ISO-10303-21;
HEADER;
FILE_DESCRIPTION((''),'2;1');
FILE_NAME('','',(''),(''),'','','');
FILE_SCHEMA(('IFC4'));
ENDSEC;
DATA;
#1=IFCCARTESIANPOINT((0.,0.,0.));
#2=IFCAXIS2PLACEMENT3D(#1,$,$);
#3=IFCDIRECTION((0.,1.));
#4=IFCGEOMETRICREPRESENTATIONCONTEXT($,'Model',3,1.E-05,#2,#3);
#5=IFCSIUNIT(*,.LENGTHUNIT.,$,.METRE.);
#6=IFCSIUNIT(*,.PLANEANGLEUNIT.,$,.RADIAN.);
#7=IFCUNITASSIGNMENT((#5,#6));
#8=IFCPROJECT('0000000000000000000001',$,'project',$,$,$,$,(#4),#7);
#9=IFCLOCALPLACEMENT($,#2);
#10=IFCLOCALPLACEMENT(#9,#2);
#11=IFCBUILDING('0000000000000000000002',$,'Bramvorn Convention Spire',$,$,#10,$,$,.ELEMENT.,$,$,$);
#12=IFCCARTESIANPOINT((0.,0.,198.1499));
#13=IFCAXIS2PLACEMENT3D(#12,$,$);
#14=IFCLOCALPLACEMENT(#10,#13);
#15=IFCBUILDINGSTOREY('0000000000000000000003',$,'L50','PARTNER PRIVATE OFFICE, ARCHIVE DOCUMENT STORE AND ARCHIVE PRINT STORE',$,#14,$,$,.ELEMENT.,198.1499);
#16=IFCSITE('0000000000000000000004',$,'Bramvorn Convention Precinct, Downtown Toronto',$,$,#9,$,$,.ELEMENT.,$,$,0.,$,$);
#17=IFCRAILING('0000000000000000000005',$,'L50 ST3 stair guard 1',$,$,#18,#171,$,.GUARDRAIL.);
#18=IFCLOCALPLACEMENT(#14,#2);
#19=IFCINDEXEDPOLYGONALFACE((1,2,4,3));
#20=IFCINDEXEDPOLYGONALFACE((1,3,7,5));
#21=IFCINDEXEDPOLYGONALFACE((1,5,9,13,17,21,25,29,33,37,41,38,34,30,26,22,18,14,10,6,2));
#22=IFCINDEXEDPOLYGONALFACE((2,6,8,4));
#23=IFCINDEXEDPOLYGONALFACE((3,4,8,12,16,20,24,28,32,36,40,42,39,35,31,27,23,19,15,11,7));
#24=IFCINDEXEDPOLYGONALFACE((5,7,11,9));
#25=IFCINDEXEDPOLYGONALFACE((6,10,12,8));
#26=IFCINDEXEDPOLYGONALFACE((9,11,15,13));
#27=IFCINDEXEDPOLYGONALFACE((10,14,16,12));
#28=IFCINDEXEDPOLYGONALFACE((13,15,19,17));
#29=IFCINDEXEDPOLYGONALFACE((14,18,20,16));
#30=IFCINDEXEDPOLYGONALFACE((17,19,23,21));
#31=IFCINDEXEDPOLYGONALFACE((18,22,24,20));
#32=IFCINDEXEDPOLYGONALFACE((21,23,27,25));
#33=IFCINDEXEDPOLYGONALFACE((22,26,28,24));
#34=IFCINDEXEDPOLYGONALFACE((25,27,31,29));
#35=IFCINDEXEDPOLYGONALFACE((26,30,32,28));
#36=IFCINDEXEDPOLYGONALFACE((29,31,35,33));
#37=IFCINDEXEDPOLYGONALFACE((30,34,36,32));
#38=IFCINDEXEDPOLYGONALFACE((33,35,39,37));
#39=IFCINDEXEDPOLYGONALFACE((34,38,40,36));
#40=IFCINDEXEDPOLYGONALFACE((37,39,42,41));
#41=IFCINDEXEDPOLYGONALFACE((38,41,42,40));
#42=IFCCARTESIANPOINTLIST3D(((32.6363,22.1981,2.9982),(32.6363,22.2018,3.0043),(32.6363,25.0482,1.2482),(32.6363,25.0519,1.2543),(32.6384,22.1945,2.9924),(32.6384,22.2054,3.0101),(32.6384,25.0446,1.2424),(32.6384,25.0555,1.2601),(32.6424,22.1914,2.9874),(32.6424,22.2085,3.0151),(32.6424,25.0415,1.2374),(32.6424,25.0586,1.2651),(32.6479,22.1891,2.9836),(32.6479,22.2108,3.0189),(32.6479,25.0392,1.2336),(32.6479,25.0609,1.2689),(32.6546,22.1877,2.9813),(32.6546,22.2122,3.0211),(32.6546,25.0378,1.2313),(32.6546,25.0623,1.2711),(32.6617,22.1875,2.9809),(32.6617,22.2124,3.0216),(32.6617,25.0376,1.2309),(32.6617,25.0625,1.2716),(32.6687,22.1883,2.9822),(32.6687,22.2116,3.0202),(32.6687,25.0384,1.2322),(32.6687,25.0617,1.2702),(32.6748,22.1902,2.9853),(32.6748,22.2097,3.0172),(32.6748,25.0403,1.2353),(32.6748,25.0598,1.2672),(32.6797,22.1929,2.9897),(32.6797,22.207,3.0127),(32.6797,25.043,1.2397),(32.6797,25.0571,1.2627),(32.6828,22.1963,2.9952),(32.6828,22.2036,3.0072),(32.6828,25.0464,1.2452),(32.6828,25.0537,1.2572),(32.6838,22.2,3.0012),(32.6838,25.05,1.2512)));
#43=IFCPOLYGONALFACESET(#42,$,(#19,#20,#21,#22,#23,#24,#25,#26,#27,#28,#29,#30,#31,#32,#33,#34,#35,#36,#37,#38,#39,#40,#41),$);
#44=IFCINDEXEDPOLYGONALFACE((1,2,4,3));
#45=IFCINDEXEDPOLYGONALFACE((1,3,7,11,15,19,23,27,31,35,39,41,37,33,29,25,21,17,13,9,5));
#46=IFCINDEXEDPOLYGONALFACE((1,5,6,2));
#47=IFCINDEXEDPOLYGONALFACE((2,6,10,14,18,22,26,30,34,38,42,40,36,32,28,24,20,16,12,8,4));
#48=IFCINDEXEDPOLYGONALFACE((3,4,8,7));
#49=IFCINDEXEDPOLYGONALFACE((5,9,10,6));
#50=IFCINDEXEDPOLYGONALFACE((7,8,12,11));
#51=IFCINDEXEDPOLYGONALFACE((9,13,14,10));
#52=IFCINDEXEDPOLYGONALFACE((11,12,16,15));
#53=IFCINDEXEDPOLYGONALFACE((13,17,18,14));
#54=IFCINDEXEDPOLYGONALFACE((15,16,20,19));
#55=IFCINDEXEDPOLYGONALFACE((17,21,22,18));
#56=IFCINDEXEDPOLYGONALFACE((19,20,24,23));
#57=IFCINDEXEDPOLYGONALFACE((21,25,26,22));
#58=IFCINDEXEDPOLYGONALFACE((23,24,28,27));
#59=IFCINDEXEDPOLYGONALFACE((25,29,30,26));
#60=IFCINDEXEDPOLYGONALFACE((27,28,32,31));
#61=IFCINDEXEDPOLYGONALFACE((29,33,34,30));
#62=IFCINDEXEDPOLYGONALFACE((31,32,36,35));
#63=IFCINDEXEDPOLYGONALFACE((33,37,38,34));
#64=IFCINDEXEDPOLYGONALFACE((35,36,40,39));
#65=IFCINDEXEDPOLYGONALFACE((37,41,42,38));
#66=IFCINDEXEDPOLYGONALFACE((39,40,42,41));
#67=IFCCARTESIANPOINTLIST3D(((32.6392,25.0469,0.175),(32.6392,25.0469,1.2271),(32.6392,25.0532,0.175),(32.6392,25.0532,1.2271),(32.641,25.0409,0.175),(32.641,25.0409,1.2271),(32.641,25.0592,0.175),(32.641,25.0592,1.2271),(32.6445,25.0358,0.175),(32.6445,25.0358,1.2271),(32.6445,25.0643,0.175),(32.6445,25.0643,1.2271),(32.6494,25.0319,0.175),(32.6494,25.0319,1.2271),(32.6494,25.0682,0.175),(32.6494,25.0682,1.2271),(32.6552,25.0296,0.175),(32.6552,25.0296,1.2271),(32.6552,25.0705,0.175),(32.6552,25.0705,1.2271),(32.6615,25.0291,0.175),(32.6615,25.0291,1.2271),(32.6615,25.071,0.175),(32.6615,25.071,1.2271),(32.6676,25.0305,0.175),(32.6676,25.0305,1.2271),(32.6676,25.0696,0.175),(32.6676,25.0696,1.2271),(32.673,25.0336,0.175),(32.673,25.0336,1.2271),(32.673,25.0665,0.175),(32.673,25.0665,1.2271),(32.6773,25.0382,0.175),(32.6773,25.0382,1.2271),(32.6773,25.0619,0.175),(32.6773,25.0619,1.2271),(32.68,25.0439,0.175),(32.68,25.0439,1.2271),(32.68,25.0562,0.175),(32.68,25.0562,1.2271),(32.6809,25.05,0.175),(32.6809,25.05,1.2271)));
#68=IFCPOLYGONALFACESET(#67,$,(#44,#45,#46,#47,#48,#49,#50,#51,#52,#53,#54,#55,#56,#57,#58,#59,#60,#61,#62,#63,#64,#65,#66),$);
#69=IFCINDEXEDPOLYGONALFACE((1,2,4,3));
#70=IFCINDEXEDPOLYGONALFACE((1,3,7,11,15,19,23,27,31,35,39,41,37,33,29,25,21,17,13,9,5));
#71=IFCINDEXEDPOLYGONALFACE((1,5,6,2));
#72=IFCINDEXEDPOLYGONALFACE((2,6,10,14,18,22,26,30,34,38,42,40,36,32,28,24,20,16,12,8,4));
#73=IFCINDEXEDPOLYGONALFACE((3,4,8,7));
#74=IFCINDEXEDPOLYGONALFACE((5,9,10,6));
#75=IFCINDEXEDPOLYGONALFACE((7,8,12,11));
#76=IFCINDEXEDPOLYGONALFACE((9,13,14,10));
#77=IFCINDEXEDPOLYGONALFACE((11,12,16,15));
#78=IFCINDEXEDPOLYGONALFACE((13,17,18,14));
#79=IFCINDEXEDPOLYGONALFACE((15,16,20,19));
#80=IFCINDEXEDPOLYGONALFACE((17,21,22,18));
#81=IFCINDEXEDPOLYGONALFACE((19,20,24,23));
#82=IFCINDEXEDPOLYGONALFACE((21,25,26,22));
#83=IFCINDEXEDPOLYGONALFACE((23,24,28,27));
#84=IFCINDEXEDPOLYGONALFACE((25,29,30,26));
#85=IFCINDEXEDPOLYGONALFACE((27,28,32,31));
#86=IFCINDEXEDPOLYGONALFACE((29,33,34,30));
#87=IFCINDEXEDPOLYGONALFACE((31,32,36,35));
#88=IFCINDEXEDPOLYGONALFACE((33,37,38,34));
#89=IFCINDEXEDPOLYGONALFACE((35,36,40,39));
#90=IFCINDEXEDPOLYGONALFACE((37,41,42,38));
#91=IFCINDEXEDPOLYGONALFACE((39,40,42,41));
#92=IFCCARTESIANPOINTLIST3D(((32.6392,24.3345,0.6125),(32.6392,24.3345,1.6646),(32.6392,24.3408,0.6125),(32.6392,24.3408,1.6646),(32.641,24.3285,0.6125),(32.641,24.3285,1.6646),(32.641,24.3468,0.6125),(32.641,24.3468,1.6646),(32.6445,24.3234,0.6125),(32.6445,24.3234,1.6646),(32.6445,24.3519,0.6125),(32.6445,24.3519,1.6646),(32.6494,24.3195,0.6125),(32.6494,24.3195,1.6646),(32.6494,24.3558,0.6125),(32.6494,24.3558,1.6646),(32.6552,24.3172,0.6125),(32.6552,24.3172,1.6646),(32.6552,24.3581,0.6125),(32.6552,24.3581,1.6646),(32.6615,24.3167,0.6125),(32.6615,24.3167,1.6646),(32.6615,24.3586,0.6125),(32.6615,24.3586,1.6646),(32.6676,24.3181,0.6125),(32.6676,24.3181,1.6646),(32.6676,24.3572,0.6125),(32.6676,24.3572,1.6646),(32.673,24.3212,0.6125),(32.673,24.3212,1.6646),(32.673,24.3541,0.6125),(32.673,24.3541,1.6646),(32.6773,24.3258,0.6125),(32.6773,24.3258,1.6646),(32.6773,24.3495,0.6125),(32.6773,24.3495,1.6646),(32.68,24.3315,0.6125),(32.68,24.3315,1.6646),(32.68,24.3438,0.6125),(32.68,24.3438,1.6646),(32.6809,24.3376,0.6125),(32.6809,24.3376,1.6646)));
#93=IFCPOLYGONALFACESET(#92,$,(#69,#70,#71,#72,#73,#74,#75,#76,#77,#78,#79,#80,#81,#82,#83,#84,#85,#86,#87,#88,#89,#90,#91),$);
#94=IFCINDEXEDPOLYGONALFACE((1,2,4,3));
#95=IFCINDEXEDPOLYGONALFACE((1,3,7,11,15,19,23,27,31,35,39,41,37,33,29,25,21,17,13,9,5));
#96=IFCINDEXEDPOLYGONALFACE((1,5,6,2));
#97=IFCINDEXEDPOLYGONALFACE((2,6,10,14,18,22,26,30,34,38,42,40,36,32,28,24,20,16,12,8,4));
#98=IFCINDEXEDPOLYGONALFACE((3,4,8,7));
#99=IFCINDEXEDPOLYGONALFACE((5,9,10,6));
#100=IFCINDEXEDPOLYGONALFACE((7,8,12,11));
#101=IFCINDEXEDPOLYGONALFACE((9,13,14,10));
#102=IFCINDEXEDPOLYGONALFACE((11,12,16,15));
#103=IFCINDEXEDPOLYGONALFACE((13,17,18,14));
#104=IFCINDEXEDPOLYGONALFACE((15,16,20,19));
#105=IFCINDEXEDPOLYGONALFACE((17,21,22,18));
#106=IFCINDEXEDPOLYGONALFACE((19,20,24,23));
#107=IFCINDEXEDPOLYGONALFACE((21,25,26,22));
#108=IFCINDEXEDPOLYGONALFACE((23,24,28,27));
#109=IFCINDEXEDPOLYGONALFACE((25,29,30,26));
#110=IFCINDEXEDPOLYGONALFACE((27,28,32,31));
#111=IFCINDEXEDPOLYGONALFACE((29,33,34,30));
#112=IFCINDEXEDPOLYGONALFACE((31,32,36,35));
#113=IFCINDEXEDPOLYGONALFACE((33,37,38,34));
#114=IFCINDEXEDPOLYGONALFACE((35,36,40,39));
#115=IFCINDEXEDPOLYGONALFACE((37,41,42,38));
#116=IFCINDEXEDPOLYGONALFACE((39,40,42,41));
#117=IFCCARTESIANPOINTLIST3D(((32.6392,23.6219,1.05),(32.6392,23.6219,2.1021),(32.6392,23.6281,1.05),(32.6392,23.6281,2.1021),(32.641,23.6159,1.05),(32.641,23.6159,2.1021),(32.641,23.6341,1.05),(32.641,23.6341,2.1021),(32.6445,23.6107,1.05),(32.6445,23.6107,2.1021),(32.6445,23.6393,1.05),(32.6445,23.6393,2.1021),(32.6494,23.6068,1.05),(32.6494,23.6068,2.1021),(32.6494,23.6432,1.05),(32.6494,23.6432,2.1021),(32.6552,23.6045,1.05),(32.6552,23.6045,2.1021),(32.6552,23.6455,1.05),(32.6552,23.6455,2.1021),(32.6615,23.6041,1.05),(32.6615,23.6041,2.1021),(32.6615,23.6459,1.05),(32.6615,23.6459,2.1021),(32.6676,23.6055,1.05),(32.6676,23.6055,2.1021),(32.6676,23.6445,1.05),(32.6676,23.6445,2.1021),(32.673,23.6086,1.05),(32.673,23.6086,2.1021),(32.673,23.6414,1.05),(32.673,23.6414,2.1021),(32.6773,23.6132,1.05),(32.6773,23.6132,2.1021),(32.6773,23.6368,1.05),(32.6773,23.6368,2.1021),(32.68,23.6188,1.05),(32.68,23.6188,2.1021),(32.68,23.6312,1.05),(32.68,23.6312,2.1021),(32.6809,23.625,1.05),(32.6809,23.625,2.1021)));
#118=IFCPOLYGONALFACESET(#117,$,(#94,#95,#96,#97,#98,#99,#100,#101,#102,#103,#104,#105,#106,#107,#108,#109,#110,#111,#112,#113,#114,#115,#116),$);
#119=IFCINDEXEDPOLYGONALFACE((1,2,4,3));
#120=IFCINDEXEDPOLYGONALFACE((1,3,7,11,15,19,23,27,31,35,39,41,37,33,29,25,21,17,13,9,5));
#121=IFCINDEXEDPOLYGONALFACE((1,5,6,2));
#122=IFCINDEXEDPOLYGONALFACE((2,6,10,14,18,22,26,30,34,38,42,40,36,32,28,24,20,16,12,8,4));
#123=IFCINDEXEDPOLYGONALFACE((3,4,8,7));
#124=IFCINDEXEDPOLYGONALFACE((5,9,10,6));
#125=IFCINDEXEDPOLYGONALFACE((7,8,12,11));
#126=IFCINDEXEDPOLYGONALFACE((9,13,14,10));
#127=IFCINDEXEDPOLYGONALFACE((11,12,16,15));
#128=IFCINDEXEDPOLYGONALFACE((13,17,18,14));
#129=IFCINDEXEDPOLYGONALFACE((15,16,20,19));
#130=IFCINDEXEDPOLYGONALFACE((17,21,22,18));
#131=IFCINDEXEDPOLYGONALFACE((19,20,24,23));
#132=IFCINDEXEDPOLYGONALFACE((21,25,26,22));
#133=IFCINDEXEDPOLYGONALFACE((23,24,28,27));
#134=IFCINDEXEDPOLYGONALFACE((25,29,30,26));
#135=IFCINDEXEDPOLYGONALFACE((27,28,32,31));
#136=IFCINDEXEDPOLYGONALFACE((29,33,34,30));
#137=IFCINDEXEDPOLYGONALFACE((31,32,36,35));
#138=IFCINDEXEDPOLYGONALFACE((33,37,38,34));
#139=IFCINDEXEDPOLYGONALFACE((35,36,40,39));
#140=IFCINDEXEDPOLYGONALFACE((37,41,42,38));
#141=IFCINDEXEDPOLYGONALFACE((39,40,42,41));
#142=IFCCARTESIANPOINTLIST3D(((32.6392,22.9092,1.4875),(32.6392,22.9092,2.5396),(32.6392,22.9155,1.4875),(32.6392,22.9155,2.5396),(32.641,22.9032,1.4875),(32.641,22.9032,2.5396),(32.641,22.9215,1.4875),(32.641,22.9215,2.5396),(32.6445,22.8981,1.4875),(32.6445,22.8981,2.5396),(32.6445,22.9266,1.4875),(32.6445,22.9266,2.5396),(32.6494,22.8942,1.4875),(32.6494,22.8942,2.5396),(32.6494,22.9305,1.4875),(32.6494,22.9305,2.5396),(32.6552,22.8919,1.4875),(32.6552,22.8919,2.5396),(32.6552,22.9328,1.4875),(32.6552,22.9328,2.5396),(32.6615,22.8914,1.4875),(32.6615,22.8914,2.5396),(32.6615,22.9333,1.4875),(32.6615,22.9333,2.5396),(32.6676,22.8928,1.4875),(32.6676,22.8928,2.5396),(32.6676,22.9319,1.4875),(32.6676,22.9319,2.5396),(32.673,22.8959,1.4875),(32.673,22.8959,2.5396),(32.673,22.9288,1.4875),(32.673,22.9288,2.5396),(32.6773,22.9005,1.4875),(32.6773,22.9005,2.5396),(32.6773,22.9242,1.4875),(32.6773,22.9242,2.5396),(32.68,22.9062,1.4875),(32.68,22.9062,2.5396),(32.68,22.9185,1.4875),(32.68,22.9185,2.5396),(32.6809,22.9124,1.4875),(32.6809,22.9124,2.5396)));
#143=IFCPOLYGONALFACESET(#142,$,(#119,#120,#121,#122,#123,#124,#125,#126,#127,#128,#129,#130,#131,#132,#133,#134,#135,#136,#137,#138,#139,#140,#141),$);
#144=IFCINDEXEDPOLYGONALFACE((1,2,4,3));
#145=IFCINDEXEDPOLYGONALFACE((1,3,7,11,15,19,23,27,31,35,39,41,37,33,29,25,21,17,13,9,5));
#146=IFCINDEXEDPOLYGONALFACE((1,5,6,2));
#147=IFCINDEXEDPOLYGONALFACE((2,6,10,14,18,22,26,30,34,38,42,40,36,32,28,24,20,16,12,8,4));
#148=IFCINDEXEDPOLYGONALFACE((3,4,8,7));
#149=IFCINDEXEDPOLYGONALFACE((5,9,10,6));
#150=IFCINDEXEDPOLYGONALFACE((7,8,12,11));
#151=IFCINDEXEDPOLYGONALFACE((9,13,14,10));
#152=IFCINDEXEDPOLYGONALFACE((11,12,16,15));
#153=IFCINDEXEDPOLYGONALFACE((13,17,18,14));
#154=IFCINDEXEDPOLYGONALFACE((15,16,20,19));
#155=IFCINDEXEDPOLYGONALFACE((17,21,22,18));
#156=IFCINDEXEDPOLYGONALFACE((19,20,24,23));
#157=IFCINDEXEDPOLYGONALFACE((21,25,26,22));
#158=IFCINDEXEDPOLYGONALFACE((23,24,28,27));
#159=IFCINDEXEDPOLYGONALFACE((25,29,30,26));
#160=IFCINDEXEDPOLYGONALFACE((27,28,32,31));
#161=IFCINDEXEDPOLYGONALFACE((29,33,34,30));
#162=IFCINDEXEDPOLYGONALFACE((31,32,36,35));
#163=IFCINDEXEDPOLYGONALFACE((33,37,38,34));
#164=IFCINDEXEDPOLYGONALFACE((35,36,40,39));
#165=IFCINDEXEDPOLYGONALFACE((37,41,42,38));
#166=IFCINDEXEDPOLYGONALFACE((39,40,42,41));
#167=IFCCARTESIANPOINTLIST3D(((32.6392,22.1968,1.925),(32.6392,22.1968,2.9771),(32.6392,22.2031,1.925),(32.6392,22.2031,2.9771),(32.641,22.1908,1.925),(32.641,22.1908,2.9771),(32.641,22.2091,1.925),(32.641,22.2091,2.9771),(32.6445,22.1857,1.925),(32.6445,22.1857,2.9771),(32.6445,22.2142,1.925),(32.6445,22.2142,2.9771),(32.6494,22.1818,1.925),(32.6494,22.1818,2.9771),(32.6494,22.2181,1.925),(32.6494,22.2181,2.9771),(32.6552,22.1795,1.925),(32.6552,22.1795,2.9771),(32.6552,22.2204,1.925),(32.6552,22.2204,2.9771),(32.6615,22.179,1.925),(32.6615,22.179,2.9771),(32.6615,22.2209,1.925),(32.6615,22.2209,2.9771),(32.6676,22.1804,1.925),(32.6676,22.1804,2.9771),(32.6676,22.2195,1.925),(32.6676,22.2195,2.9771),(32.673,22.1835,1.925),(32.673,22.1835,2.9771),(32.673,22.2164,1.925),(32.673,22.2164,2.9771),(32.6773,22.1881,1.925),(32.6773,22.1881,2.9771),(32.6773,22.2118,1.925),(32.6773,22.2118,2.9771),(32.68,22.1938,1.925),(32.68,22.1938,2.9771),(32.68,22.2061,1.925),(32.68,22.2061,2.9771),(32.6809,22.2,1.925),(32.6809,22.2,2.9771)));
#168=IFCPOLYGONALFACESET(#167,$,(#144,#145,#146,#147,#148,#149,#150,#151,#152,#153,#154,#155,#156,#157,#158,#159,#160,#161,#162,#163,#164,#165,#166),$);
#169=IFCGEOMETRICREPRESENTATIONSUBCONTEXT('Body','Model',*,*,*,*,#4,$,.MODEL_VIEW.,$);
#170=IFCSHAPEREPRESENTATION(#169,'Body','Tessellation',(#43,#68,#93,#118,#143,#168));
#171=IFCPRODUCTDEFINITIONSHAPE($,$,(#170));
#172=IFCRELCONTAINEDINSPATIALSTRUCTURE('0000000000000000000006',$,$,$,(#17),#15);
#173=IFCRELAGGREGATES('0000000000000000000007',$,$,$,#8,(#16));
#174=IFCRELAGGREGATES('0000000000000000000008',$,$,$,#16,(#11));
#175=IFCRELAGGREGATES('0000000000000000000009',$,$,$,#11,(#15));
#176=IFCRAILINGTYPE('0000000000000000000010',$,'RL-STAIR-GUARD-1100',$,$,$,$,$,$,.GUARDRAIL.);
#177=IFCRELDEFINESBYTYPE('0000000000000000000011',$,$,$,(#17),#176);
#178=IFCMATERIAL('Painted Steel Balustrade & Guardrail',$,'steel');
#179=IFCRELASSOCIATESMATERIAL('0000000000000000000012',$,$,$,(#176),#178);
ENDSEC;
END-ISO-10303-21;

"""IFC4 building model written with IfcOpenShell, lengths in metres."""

from ifc_helpers import new_model, si_unit, direction, frame, origin, origin_2d, place, context, subcontext, project, spatial, circle, extrude, material, type_object, element, save


model = new_model("IFC4")

# Units and contexts
model_context = context("Model", 3, precision=1e-05, world=origin(), true_north=direction((0.0, 1.0)))
body_context = subcontext(model_context, "Body", "Model", "MODEL_VIEW")
ifc_project = project(units=[si_unit("LENGTHUNIT", "METRE"), si_unit("PLANEANGLEUNIT", "RADIAN")], contexts=[model_context])

# Site, building, storey
site_placement = place(None, origin())
site = spatial("IfcSite", under=ifc_project, at=site_placement, Name="Bramvorn Convention Precinct, Downtown Toronto", CompositionType="ELEMENT", RefElevation=0.0)
building_placement = place(site_placement, origin())
building = spatial("IfcBuilding", under=site, at=building_placement, Name="Bramvorn Convention Spire", CompositionType="ELEMENT")
storey_placement = place(building_placement, frame((0.0, 0.0, 198.1499)))
storey = spatial("IfcBuildingStorey", under=building, at=storey_placement, Name="L50", Description="PARTNER PRIVATE OFFICE, ARCHIVE DOCUMENT STORE AND ARCHIVE PRINT STORE", CompositionType="ELEMENT", Elevation=198.1499)

# Railing
ifc_material_1 = material(Name="Painted Steel Balustrade & Guardrail", Category="steel")
railing_type_1 = type_object("IfcRailingType", Name="RL-STAIR-GUARD-1100", PredefinedType="GUARDRAIL", material=ifc_material_1)
railing_1_placement = place(storey_placement, frame((32.6599, 25.05, 0.175)))
element("IfcRailing", 1, at=railing_1_placement, inside=storey, type_object=railing_type_1, Name="L50 ST3 stair guard 1", PredefinedType="GUARDRAIL", context=body_context, shape_type="SweptSolid", body=[
    extrude(circle(Radius=0.0239, at=origin_2d()), frame((0.0, 0.0, 1.0762), z_axis=(0.0, -0.852179, 0.52325), x_axis=(1.0, 0.0, 0.0)), (0.0, 0.0, 1.0), 3.3445),
    extrude(circle(Radius=0.021, at=origin_2d()), origin(), (0.0, 0.0, 1.0), 1.052),
    extrude(circle(Radius=0.021, at=origin_2d()), frame((0.0, -0.7124, 0.4375)), (0.0, 0.0, 1.0), 1.052),
    extrude(circle(Radius=0.021, at=origin_2d()), frame((0.0, -1.425, 0.875)), (0.0, 0.0, 1.0), 1.052),
    extrude(circle(Radius=0.021, at=origin_2d()), frame((0.0, -2.1377, 1.3125)), (0.0, 0.0, 1.0), 1.052),
    extrude(circle(Radius=0.021, at=origin_2d()), frame((0.0, -2.8501, 1.75)), (0.0, 0.0, 1.0), 1.052),
])

save(model, "model.ifc")
